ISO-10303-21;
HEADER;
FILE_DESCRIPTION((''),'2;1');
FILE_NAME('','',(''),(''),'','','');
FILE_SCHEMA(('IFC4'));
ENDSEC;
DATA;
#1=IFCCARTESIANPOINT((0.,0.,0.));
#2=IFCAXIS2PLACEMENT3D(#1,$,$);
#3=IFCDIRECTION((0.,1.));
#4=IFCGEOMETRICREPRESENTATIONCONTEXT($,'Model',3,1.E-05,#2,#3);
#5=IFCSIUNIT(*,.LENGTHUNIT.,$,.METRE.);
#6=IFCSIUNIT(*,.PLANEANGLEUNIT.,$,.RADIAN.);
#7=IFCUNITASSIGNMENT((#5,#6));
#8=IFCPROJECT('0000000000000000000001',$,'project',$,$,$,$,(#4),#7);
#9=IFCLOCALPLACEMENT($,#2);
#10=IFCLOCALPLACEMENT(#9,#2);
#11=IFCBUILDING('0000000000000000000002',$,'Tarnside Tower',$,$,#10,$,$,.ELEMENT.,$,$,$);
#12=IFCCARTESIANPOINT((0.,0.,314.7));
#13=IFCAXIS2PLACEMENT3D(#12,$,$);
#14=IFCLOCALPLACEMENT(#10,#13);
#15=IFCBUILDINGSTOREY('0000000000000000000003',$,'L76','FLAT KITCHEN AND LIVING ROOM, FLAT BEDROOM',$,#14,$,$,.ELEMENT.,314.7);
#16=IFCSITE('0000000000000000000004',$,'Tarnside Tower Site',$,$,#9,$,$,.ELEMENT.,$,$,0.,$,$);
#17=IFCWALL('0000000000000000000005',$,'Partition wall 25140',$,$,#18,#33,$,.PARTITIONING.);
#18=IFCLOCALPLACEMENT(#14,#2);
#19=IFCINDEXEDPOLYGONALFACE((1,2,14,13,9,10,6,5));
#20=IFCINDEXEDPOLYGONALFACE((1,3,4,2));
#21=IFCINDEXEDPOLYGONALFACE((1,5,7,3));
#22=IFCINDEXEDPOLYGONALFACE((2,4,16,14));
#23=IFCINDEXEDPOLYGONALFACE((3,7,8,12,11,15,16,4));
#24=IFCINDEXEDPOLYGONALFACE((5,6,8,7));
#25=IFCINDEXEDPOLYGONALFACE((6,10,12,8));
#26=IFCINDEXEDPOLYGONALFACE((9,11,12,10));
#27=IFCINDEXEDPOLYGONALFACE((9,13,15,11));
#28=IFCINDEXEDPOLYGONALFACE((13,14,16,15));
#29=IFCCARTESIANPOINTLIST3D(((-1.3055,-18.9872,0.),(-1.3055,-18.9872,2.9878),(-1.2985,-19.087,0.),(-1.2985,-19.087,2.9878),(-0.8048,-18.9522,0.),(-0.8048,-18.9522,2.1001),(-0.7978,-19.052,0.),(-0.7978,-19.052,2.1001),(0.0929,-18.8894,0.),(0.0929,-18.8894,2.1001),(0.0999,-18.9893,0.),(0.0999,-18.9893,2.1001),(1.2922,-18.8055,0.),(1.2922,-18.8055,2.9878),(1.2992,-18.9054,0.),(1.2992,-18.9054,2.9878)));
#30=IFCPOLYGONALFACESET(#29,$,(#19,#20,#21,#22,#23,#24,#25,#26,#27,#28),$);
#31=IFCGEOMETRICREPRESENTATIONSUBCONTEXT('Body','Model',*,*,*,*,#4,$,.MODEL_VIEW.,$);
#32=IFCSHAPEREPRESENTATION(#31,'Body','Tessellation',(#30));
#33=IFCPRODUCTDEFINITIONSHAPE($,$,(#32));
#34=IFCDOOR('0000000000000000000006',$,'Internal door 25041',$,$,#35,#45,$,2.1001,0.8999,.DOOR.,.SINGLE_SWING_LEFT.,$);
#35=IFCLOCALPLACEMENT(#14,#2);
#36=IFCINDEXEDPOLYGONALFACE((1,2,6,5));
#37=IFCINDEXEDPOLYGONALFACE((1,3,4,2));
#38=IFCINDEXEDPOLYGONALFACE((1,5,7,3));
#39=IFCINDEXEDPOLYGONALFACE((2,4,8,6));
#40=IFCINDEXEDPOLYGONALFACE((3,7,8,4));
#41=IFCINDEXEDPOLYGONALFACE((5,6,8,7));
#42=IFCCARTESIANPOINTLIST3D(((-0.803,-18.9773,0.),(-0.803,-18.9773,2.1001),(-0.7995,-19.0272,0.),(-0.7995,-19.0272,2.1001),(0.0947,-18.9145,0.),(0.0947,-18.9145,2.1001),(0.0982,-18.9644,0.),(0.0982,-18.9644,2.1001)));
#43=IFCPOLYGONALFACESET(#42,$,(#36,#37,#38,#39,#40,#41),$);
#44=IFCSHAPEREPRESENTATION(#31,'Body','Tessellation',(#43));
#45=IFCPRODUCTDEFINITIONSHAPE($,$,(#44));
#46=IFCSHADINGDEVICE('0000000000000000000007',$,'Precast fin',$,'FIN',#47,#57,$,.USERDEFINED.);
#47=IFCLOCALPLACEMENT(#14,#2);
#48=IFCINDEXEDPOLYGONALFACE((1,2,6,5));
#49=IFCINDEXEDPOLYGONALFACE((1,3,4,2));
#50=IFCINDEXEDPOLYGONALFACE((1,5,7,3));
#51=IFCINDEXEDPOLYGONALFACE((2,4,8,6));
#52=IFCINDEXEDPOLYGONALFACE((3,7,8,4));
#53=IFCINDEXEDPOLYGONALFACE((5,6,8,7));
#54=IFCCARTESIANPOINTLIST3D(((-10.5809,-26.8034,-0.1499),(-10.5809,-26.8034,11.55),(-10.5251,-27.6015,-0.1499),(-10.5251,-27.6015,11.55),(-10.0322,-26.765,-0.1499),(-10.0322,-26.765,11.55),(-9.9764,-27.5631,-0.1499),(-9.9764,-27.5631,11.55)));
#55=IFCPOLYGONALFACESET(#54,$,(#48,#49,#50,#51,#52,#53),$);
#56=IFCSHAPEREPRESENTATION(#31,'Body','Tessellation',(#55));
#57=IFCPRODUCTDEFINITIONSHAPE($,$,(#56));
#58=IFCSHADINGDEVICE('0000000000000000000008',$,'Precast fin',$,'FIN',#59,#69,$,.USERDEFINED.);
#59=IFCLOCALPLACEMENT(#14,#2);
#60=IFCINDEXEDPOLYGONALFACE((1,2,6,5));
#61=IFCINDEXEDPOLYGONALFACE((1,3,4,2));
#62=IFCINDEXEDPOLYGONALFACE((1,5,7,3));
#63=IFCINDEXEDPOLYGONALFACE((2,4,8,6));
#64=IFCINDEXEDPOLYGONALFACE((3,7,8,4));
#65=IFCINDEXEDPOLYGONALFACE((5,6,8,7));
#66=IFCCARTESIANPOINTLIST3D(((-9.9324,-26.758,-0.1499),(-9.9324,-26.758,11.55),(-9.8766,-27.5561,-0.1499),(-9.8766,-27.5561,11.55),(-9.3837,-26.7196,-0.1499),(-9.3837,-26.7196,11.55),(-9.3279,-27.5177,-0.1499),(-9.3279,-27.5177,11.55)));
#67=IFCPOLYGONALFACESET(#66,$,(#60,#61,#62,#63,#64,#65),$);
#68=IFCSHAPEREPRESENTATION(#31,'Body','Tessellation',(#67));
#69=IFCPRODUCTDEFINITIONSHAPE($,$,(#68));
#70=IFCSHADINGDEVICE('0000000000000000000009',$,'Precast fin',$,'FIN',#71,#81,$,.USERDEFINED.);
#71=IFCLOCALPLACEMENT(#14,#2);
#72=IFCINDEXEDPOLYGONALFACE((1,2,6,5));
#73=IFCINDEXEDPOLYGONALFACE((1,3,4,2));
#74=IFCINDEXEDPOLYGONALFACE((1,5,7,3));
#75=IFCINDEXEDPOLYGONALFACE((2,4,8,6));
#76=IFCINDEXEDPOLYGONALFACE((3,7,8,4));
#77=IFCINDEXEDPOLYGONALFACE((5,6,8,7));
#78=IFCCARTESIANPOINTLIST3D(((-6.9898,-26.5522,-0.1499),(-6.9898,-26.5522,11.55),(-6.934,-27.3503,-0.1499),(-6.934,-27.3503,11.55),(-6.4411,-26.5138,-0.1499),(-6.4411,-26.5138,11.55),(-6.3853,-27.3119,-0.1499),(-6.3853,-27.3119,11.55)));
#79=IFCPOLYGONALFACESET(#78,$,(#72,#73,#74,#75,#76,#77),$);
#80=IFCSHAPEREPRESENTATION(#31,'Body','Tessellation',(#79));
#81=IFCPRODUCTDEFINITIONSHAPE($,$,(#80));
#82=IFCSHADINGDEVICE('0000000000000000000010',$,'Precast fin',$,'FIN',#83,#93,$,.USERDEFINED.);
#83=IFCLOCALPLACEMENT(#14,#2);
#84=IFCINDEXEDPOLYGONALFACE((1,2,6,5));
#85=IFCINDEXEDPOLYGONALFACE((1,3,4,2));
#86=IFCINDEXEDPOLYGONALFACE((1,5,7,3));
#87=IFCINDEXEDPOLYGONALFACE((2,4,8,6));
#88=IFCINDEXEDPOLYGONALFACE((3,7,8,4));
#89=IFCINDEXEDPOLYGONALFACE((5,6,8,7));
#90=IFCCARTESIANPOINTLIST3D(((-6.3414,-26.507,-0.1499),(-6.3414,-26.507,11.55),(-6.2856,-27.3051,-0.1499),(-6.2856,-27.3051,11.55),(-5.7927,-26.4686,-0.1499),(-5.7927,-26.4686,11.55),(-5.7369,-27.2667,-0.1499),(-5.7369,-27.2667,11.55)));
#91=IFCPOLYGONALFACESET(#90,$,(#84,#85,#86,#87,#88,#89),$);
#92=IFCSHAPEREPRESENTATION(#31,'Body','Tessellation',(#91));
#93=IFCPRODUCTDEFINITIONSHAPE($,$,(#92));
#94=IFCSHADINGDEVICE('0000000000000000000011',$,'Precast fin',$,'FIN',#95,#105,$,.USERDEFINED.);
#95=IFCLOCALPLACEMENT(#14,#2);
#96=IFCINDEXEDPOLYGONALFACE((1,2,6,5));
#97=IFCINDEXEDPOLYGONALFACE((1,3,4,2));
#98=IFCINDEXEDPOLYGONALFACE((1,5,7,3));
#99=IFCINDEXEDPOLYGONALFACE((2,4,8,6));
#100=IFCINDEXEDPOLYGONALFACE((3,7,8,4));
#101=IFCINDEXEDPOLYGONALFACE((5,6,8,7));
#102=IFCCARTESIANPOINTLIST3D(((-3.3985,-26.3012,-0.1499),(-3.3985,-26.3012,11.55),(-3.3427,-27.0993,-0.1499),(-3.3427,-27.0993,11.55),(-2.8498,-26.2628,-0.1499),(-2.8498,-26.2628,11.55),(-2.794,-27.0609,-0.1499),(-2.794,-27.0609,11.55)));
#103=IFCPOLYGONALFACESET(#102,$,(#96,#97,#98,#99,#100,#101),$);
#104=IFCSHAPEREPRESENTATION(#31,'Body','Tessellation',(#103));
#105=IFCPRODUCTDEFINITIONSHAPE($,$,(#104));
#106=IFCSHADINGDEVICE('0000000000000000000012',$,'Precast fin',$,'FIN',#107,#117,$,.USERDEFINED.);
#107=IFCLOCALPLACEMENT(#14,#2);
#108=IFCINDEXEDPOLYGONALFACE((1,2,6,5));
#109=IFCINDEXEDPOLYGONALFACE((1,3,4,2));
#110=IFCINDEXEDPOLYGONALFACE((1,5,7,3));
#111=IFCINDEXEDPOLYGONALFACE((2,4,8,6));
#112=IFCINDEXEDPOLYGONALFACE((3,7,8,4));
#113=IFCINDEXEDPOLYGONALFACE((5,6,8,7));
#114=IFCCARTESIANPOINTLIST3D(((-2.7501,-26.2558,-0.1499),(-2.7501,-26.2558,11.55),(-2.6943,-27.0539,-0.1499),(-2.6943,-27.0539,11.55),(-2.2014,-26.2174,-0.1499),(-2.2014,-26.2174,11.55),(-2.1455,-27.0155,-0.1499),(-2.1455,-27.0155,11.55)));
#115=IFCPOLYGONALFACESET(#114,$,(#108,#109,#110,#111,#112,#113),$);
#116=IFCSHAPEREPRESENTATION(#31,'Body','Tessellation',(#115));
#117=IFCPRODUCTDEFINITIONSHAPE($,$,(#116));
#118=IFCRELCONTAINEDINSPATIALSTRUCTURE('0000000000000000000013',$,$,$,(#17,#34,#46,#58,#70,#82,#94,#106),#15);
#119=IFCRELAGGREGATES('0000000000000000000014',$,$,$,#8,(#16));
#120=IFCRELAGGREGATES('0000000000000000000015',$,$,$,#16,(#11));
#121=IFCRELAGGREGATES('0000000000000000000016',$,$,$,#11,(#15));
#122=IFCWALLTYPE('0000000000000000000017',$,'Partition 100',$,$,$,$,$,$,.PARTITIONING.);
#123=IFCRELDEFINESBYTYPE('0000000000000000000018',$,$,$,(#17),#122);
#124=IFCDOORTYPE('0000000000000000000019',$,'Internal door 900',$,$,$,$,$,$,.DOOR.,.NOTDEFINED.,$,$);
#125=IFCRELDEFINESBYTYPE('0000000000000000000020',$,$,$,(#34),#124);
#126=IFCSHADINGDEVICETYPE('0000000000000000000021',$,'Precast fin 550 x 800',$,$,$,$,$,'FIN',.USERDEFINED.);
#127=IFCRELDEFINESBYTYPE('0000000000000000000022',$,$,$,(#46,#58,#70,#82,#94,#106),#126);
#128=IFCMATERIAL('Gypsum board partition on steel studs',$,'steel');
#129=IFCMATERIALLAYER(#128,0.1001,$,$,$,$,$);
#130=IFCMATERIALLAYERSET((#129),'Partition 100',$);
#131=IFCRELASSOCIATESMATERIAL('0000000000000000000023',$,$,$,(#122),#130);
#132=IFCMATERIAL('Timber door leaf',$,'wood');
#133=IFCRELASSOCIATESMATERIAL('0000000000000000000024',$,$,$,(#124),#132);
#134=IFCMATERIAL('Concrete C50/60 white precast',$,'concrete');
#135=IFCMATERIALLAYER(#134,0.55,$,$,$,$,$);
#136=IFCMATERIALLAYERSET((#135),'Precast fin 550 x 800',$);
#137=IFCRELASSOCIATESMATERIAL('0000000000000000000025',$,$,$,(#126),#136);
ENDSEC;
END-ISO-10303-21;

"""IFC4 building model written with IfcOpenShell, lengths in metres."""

from ifc_helpers import new_model, si_unit, direction, frame, frame_2d, origin, place, context, subcontext, project, spatial, polyline, rectangle, outline, extrude, material, layer, layer_set, type_object, element, fill, save


model = new_model("IFC4")

# Units and contexts
model_context = context("Model", 3, precision=1e-05, world=origin(), true_north=direction((0.0, 1.0)))
body_context = subcontext(model_context, "Body", "Model", "MODEL_VIEW")
ifc_project = project(units=[si_unit("LENGTHUNIT", "METRE"), si_unit("PLANEANGLEUNIT", "RADIAN")], contexts=[model_context])

# Site, building, storey
site_placement = place(None, origin())
site = spatial("IfcSite", under=ifc_project, at=site_placement, Name="Tarnside Tower Site", CompositionType="ELEMENT", RefElevation=0.0)
building_placement = place(site_placement, origin())
building = spatial("IfcBuilding", under=site, at=building_placement, Name="Tarnside Tower", CompositionType="ELEMENT")
storey_placement = place(building_placement, frame((0.0, 0.0, 314.7)))
storey = spatial("IfcBuildingStorey", under=building, at=storey_placement, Name="L76", Description="FLAT KITCHEN AND LIVING ROOM, FLAT BEDROOM", CompositionType="ELEMENT", Elevation=314.7)

# Shared definitions
ifc_material_1 = material(Name="Gypsum board partition on steel studs", Category="steel")

# Wall, opening, door
ifc_layer_1 = layer(ifc_material_1, 0.1001)
ifc_layer_set_1 = layer_set([ifc_layer_1], Name="Partition 100")
wall_type_1 = type_object("IfcWallType", Name="Partition 100", PredefinedType="PARTITIONING", material=ifc_layer_set_1)
wall_1_placement = place(storey_placement, frame((-1.302, -19.0371, 0.0), z_axis=(0.0, 0.0, 1.0), x_axis=(0.997564, 0.069754, 0.0)))
wall_1 = element("IfcWall", 1, at=wall_1_placement, inside=storey, type_object=wall_type_1, Name="Partition wall 25140", PredefinedType="PARTITIONING", context=body_context, shape_type="SweptSolid", body=[
    extrude(rectangle(XDim=2.604, YDim=0.1001, at=frame_2d((1.302, 0.0))), origin(), (0.0, 0.0, 1.0), 2.9878),
])
opening_placement = place(wall_1_placement, frame((0.502, 0.0, 0.0)))
opening = element("IfcOpeningElement", 2, at=opening_placement, cuts=wall_1, PredefinedType="OPENING", context=body_context, shape_type="SweptSolid", body=[
    extrude(rectangle(XDim=0.8999, YDim=2.1001, at=frame_2d((0.45, 1.05))), frame((0.0, 0.0601, 0.0), z_axis=(0.0, -1.0, 0.0), x_axis=(1.0, 0.0, 0.0)), (0.0, 0.0, 1.0), 0.1201),
])
ifc_material_2 = material(Name="Timber door leaf", Category="wood")
door_type = type_object("IfcDoorType", Name="Internal door 900", OperationType="NOTDEFINED", PredefinedType="DOOR", material=ifc_material_2)
door_placement = place(opening_placement, origin())
door = element("IfcDoor", 3, at=door_placement, inside=storey, type_object=door_type, Name="Internal door 25041", OperationType="SINGLE_SWING_LEFT", OverallHeight=2.1001, OverallWidth=0.8999, PredefinedType="DOOR", context=body_context, shape_type="SweptSolid", body=[
    extrude(rectangle(XDim=0.8999, YDim=2.1001, at=frame_2d((0.45, 1.05))), frame((0.0, 0.0249, 0.0), z_axis=(0.0, -1.0, 0.0), x_axis=(1.0, 0.0, 0.0)), (0.0, 0.0, 1.0), 0.05),
])
fill(opening, door)

# Shading devices
ifc_material_3 = material(Name="Concrete C50/60 white precast", Category="concrete")
ifc_layer_2 = layer(ifc_material_3, 0.55)
ifc_layer_set_2 = layer_set([ifc_layer_2], Name="Precast fin 550 x 800")
shading_device_type = type_object("IfcShadingDeviceType", Name="Precast fin 550 x 800", ElementType="FIN", PredefinedType="USERDEFINED", material=ifc_layer_set_2)
for number, where, z_axis, x_axis, name in (
    (4, (-10.3064, -26.7842, -0.1499), (-0.997564, -0.069756, 0.0), (0.069756, -0.997564, 0.0), "Precast fin"),
    (5, (-9.658, -26.7388, -0.1499), (-0.997564, -0.069756, 0.0), (0.069756, -0.997564, 0.0), "Precast fin"),
    (6, (-6.7153, -26.533, -0.1499), (-0.997564, -0.069756, 0.0), (0.069756, -0.997564, 0.0), "Precast fin"),
    (7, (-6.0669, -26.4878, -0.1499), (-0.997564, -0.069756, 0.0), (0.069756, -0.997564, 0.0), "Precast fin"),
    (8, (-3.124, -26.282, -0.1499), (-0.997564, -0.069756, 0.0), (0.069756, -0.997564, 0.0), "Precast fin"),
    (9, (-2.4756, -26.2366, -0.1499), (-0.997564, -0.069756, 0.0), (0.069756, -0.997564, 0.0), "Precast fin"),
):
    element("IfcShadingDevice", number, at=place(storey_placement, frame(where, z_axis=z_axis, x_axis=x_axis)), inside=storey, type_object=shading_device_type, Name=name, ObjectType="FIN", PredefinedType="USERDEFINED", context=body_context, shape_type="SweptSolid", body=[
        extrude(outline(polyline([(0.0, 0.0), (0.8, 0.0), (0.8, 11.7), (0.0, 11.7), (0.0, 0.0)])), frame((0.0, 0.0, -0.2749)), (0.0, 0.0, 1.0), 0.55),
    ])

save(model, "model.ifc")
